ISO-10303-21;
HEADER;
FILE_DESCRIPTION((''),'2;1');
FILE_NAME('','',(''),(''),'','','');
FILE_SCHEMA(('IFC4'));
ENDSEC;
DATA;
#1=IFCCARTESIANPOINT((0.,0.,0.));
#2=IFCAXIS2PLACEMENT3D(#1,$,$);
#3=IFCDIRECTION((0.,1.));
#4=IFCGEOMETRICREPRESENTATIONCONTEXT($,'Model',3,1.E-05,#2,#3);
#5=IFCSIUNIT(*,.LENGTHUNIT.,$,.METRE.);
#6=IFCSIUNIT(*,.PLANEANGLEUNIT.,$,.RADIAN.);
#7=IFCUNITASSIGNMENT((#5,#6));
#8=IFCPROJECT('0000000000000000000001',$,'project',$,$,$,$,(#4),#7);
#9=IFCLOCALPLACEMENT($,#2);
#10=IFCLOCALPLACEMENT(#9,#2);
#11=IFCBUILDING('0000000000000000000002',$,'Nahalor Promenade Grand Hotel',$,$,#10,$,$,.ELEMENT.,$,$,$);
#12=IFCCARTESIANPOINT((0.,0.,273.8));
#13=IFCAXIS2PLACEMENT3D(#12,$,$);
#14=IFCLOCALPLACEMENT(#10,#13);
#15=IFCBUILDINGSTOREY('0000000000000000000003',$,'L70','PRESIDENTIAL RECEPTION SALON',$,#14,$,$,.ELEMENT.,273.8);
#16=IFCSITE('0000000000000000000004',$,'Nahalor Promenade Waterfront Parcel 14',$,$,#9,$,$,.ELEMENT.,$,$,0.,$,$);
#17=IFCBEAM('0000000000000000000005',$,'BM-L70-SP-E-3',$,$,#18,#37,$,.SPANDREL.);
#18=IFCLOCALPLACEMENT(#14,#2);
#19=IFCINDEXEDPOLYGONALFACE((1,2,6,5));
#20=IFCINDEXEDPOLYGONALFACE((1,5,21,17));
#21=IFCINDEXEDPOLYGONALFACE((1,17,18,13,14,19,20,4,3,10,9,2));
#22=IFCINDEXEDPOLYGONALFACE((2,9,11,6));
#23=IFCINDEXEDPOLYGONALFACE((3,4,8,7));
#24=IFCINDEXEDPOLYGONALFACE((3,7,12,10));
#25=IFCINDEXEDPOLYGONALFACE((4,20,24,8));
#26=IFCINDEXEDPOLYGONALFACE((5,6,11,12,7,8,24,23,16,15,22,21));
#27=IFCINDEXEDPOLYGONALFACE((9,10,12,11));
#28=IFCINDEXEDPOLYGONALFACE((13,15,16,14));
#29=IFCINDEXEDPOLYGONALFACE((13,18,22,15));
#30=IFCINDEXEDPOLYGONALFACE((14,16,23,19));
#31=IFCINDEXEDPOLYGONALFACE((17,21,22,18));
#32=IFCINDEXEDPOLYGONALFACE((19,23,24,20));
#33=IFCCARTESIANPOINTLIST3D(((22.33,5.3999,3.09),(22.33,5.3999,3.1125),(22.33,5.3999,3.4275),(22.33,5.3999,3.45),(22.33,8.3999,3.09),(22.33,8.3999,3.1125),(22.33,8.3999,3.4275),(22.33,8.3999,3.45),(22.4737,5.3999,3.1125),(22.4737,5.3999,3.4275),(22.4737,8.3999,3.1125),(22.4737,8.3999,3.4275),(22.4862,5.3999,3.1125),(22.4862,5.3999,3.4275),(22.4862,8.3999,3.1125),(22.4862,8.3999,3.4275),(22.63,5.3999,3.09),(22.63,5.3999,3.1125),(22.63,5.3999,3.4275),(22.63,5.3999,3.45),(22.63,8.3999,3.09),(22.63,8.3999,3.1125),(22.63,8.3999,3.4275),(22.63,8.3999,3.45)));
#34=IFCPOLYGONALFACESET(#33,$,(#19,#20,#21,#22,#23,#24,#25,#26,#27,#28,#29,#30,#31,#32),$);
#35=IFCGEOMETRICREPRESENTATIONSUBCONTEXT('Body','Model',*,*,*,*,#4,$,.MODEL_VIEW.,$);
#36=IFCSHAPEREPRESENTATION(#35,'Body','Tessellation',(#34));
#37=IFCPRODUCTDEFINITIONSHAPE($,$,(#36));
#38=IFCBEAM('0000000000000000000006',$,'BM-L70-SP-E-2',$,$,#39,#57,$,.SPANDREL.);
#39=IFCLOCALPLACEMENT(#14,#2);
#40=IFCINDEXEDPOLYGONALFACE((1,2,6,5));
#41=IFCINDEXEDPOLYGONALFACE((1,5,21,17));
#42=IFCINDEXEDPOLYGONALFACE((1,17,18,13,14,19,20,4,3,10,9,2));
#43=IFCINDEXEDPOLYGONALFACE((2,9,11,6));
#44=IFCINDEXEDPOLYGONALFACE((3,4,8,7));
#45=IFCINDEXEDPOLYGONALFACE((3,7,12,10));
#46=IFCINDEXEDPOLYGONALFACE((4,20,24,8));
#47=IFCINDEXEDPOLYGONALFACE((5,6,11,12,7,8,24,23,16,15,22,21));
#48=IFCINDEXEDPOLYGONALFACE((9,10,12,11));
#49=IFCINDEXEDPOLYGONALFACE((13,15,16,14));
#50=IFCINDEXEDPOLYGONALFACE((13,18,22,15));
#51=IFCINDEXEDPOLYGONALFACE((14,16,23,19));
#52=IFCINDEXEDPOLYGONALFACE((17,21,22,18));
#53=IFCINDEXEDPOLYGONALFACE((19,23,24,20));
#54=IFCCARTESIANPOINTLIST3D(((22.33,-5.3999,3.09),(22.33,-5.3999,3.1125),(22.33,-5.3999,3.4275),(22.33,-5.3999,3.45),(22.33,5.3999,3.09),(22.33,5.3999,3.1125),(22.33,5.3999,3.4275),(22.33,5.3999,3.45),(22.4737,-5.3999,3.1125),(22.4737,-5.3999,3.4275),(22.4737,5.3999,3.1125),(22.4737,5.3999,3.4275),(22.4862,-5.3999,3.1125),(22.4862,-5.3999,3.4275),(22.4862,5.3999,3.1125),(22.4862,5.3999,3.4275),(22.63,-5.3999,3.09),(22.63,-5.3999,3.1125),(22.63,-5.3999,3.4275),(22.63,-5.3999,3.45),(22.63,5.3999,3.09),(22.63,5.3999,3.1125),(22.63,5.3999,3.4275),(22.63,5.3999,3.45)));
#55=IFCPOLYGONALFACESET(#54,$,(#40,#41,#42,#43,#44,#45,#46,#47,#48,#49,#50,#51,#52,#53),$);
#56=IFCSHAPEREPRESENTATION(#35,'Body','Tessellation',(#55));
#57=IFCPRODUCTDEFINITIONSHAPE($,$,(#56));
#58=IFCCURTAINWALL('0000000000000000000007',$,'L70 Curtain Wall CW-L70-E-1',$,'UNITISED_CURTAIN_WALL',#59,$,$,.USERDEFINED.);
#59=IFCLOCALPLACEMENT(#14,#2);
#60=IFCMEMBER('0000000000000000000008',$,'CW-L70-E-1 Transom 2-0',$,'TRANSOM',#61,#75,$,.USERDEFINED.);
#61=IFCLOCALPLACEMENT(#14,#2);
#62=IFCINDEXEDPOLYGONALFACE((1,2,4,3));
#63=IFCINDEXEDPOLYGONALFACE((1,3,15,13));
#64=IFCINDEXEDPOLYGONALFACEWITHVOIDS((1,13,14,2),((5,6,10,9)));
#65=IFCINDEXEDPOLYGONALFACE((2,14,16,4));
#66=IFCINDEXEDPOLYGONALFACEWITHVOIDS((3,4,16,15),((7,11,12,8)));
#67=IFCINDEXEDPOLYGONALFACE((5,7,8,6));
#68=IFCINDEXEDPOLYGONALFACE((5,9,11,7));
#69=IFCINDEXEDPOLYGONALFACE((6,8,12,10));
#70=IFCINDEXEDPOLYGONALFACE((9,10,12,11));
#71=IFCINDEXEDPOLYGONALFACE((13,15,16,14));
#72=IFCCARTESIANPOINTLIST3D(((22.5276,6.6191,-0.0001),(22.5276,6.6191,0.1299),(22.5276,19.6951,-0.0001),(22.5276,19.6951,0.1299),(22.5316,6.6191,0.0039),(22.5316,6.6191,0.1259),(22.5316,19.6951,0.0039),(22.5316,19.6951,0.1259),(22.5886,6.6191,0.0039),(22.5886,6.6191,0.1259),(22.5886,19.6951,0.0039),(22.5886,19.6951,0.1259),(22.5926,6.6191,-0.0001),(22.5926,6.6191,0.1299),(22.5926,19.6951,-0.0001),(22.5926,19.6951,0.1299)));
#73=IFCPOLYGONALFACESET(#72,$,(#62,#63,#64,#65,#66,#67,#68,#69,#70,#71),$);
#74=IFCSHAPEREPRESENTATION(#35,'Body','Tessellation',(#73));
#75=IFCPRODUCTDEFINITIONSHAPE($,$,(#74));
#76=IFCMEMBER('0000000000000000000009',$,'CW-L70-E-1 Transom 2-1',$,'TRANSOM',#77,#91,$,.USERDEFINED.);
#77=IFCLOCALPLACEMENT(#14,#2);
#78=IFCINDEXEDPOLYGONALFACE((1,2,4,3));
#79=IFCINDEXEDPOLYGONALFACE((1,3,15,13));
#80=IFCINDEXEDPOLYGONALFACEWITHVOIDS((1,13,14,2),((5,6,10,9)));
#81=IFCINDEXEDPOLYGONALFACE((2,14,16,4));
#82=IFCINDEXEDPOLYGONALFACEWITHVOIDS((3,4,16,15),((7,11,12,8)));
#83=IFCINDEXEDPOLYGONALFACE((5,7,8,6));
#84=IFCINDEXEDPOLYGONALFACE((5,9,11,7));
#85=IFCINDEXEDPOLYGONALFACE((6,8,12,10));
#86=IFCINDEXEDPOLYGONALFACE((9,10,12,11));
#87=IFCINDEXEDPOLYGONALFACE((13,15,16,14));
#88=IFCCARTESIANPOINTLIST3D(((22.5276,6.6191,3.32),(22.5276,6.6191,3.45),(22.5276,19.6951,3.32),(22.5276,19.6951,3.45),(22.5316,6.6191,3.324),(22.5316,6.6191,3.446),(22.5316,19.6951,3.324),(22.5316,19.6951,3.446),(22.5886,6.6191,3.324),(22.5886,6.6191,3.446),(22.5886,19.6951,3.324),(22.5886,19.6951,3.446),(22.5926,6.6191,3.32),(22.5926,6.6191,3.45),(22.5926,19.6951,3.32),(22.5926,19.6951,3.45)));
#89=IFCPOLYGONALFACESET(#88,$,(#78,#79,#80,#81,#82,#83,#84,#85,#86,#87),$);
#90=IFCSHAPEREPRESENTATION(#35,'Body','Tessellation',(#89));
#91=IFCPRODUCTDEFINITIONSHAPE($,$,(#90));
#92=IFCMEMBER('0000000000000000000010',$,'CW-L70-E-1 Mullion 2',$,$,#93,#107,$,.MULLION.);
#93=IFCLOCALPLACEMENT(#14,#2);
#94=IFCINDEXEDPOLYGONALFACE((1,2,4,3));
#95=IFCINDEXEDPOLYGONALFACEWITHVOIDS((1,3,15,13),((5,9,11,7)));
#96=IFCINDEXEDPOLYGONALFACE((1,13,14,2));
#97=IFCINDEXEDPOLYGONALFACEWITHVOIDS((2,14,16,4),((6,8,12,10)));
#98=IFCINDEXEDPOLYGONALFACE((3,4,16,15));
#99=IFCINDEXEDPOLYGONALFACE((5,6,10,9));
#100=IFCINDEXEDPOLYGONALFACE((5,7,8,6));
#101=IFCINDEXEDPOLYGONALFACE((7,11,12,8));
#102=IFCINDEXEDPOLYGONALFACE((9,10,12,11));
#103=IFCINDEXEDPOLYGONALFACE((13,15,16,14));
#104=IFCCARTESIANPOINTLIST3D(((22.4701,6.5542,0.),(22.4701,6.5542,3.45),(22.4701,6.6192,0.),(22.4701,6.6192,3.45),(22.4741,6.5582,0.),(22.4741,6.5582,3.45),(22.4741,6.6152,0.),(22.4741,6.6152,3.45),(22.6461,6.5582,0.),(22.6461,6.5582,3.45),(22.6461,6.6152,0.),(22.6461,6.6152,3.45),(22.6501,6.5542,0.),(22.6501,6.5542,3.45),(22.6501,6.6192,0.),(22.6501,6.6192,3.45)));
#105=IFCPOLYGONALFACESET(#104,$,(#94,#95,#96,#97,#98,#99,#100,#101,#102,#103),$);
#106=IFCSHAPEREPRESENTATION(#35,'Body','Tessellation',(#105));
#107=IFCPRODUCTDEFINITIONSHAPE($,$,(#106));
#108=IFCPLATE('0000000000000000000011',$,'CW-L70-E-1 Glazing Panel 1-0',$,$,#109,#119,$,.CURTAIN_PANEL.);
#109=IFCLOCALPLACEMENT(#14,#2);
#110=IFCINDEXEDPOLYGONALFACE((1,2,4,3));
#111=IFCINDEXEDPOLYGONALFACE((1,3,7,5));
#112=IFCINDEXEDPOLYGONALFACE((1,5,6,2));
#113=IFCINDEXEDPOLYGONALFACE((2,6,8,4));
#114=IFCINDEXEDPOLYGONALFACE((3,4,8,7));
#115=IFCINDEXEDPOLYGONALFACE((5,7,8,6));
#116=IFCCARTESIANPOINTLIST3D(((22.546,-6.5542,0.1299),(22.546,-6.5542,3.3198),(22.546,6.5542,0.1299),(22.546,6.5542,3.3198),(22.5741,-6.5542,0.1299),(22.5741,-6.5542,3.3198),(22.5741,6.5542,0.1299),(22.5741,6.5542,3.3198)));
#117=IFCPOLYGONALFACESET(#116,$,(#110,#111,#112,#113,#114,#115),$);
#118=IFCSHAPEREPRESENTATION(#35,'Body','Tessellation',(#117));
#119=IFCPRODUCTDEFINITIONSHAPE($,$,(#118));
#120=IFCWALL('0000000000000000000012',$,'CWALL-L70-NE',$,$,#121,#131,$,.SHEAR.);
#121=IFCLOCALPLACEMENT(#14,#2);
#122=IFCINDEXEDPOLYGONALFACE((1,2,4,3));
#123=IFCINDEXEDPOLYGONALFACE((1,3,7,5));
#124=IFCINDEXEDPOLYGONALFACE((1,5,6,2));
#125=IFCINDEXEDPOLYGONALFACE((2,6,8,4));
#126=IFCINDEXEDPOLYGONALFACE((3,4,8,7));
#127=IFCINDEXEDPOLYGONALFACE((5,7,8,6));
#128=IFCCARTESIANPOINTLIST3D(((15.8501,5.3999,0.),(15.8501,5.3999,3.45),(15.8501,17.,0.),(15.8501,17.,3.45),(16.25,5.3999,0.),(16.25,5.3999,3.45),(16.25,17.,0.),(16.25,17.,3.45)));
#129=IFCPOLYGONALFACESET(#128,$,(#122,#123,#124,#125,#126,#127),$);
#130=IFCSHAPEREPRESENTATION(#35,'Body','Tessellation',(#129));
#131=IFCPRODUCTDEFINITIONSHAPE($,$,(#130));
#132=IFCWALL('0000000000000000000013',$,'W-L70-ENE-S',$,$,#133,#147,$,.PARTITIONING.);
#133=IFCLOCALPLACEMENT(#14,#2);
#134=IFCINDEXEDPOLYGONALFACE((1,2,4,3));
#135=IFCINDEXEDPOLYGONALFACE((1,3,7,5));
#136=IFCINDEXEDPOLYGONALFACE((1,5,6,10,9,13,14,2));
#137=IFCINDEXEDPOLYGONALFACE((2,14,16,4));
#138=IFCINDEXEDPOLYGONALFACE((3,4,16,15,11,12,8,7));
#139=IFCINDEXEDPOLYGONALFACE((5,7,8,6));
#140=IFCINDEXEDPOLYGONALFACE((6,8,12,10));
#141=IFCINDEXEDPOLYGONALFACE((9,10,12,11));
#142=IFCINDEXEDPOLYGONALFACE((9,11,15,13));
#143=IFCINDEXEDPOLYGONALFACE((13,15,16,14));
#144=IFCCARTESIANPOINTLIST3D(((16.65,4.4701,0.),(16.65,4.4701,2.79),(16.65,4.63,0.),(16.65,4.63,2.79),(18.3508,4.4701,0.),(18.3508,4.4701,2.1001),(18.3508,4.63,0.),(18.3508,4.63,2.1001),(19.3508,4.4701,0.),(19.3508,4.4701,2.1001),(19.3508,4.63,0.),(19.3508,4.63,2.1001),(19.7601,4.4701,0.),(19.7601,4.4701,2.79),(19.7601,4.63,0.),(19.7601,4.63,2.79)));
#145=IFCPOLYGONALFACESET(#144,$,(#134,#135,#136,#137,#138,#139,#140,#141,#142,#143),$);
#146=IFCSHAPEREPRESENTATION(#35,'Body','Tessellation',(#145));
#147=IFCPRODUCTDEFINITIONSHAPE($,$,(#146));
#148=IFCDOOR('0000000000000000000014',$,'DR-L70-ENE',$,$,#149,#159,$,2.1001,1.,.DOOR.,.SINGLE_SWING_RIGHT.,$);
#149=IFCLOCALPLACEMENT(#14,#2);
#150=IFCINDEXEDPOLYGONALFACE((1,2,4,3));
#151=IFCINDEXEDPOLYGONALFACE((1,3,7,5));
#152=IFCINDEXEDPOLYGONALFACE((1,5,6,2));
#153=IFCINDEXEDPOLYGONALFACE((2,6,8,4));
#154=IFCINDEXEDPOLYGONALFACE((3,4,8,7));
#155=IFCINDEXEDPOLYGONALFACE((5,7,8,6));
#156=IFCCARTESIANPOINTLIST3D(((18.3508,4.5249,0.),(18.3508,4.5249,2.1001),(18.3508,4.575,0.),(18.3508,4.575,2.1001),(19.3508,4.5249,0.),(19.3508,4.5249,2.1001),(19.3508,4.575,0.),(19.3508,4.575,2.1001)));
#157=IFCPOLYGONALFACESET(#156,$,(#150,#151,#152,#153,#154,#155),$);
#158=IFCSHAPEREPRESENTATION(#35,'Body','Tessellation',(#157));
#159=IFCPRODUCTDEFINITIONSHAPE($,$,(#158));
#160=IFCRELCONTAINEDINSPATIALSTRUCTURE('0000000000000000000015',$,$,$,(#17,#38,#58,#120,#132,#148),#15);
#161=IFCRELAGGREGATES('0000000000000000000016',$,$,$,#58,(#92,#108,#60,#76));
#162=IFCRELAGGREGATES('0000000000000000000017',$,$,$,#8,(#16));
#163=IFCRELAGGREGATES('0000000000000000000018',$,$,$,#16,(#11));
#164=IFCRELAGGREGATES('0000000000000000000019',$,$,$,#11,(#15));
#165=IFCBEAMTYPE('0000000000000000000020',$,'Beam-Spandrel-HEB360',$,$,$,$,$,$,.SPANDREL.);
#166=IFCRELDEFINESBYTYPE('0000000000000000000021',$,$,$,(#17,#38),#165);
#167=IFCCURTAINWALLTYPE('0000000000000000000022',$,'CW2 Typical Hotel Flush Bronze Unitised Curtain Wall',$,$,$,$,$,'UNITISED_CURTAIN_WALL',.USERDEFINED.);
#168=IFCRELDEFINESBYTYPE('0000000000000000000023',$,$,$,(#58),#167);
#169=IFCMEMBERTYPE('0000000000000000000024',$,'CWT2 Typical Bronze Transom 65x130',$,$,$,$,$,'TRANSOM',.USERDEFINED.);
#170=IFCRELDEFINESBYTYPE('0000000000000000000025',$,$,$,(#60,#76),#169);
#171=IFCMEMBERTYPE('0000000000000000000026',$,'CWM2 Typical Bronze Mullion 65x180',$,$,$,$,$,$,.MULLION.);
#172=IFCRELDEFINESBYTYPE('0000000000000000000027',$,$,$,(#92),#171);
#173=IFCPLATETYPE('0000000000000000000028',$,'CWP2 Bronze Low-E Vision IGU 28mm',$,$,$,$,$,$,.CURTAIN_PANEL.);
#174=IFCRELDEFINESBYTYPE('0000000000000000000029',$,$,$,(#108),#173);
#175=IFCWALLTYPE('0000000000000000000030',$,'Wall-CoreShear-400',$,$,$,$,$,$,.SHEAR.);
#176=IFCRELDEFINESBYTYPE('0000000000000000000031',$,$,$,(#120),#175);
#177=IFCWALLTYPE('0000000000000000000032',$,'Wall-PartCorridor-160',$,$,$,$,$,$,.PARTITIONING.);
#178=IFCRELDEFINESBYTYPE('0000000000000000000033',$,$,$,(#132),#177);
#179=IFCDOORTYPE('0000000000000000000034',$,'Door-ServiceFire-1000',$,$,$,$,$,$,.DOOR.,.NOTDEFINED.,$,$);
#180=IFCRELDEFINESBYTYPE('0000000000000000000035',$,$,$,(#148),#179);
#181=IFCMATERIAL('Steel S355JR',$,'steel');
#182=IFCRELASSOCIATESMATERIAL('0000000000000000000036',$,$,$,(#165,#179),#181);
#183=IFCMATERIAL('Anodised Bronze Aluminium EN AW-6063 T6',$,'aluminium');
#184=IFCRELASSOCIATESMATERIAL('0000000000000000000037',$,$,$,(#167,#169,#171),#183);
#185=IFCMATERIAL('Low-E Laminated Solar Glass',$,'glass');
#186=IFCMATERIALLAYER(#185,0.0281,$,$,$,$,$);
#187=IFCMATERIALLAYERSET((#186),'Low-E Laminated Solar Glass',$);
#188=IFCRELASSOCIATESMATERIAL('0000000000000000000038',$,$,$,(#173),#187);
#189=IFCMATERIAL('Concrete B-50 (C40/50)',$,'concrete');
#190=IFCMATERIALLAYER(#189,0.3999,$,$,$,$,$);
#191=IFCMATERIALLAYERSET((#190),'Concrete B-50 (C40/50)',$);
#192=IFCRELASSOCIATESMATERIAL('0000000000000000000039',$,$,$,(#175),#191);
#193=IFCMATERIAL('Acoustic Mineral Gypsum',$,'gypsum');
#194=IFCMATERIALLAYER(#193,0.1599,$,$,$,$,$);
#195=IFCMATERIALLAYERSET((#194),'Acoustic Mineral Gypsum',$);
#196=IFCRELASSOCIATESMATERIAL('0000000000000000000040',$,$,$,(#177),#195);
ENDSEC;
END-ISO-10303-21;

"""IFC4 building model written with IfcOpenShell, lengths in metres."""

from ifc_helpers import new_model, si_unit, direction, frame, frame_2d, origin, origin_2d, place, context, subcontext, project, spatial, rectangle, hollow_rectangle, i_section, extrude, source, transform, mapped, material, layer, layer_set, material_profile, profile_set, type_object, element, fill, aggregate, save


model = new_model("IFC4")

# Units and contexts
model_context = context("Model", 3, precision=1e-05, world=origin(), true_north=direction((0.0, 1.0)))
body_context = subcontext(model_context, "Body", "Model", "MODEL_VIEW")
ifc_project = project(units=[si_unit("LENGTHUNIT", "METRE"), si_unit("PLANEANGLEUNIT", "RADIAN")], contexts=[model_context])

# Site, building, storey
site_placement = place(None, origin())
site = spatial("IfcSite", under=ifc_project, at=site_placement, Name="Nahalor Promenade Waterfront Parcel 14", CompositionType="ELEMENT", RefElevation=0.0)
building_placement = place(site_placement, origin())
building = spatial("IfcBuilding", under=site, at=building_placement, Name="Nahalor Promenade Grand Hotel", CompositionType="ELEMENT")
storey_placement = place(building_placement, frame((0.0, 0.0, 273.8)))
storey = spatial("IfcBuildingStorey", under=building, at=storey_placement, Name="L70", Description="PRESIDENTIAL RECEPTION SALON", CompositionType="ELEMENT", Elevation=273.8)

# Shared definitions
ifc_material_1 = material(Name="Steel S355JR", Category="steel")

# Beams
ifc_material_profile_1 = material_profile(ifc_material_1, i_section(OverallWidth=0.3, OverallDepth=0.36, WebThickness=0.0125, FlangeThickness=0.0225, at=origin_2d()), Name="HEB 360")
ifc_profile_set_1 = profile_set([ifc_material_profile_1], Name="Steel S355JR")
beam_type_1 = type_object("IfcBeamType", Name="Beam-Spandrel-HEB360", PredefinedType="SPANDREL", material=ifc_profile_set_1)
shared_shape_1 = source(origin(), body_context, "Body", "SweptSolid", [
    extrude(i_section(OverallWidth=0.3, OverallDepth=0.36, WebThickness=0.0125, FlangeThickness=0.0225, at=origin_2d()), origin(), (0.0, 0.0, 1.0), 3.0),
])
beam_1_placement = place(storey_placement, frame((22.48, 5.3999, 3.27), z_axis=(0.0, 1.0, 0.0), x_axis=(-1.0, 0.0, 0.0)))
element("IfcBeam", 1, at=beam_1_placement, inside=storey, type_object=beam_type_1, Name="BM-L70-SP-E-3", PredefinedType="SPANDREL", context=body_context, shape_type="MappedRepresentation", body=[
    mapped(shared_shape_1, transform((0.0, 0.0, 0.0), scale=1.0)),
])
shared_shape_2 = source(origin(), body_context, "Body", "SweptSolid", [
    extrude(i_section(OverallWidth=0.3, OverallDepth=0.36, WebThickness=0.0125, FlangeThickness=0.0225, at=origin_2d()), origin(), (0.0, 0.0, 1.0), 10.7998),
])
beam_2_placement = place(storey_placement, frame((22.48, -5.3999, 3.27), z_axis=(0.0, 1.0, 0.0), x_axis=(-1.0, 0.0, 0.0)))
element("IfcBeam", 2, at=beam_2_placement, inside=storey, type_object=beam_type_1, Name="BM-L70-SP-E-2", PredefinedType="SPANDREL", context=body_context, shape_type="MappedRepresentation", body=[
    mapped(shared_shape_2, transform((0.0, 0.0, 0.0), scale=1.0)),
])

# Curtain wall, members, plate
ifc_material_2 = material(Name="Anodised Bronze Aluminium EN AW-6063 T6", Category="aluminium")
curtain_wall_type = type_object("IfcCurtainWallType", Name="CW2 Typical Hotel Flush Bronze Unitised Curtain Wall", ElementType="UNITISED_CURTAIN_WALL", PredefinedType="USERDEFINED", material=ifc_material_2)
curtain_wall_placement = place(storey_placement, origin())
curtain_wall = element("IfcCurtainWall", 3, at=curtain_wall_placement, inside=storey, type_object=curtain_wall_type, Name="L70 Curtain Wall CW-L70-E-1", ObjectType="UNITISED_CURTAIN_WALL", PredefinedType="USERDEFINED")
ifc_material_profile_2 = material_profile(ifc_material_2, hollow_rectangle(XDim=0.065, YDim=0.13, WallThickness=0.004, at=origin_2d()), Name="CWT 65x130x4")
ifc_profile_set_2 = profile_set([ifc_material_profile_2], Name="Anodised Bronze Aluminium EN AW-6063 T6")
member_type_1 = type_object("IfcMemberType", Name="CWT2 Typical Bronze Transom 65x130", ElementType="TRANSOM", PredefinedType="USERDEFINED", material=ifc_profile_set_2)
shared_shape_3 = source(origin(), body_context, "Body", "SweptSolid", [
    extrude(hollow_rectangle(XDim=0.065, YDim=0.13, WallThickness=0.004, at=origin_2d()), origin(), (0.0, 0.0, 1.0), 13.0759),
])
member_1_placement = place(storey_placement, frame((22.5601, 6.6191, 0.0649), z_axis=(0.0, 1.0, 0.0), x_axis=(-1.0, 0.0, 0.0)))
member_1 = element("IfcMember", 4, at=member_1_placement, type_object=member_type_1, Name="CW-L70-E-1 Transom 2-0", ObjectType="TRANSOM", PredefinedType="USERDEFINED", context=body_context, shape_type="MappedRepresentation", body=[
    mapped(shared_shape_3, transform((0.0, 0.0, 0.0), scale=1.0)),
])
member_2_placement = place(storey_placement, frame((22.5601, 6.6191, 3.385), z_axis=(0.0, 1.0, 0.0), x_axis=(-1.0, 0.0, 0.0)))
member_2 = element("IfcMember", 5, at=member_2_placement, type_object=member_type_1, Name="CW-L70-E-1 Transom 2-1", ObjectType="TRANSOM", PredefinedType="USERDEFINED", context=body_context, shape_type="MappedRepresentation", body=[
    mapped(shared_shape_3, transform((0.0, 0.0, 0.0), scale=1.0)),
])
ifc_material_profile_3 = material_profile(ifc_material_2, hollow_rectangle(XDim=0.065, YDim=0.18, WallThickness=0.004, at=origin_2d()), Name="CWM 65x180x4")
ifc_profile_set_3 = profile_set([ifc_material_profile_3], Name="Anodised Bronze Aluminium EN AW-6063 T6")
member_type_2 = type_object("IfcMemberType", Name="CWM2 Typical Bronze Mullion 65x180", PredefinedType="MULLION", material=ifc_profile_set_3)
shared_shape_4 = source(origin(), body_context, "Body", "SweptSolid", [
    extrude(hollow_rectangle(XDim=0.065, YDim=0.18, WallThickness=0.004, at=origin_2d()), origin(), (0.0, 0.0, 1.0), 3.45),
])
member_3_placement = place(storey_placement, frame((22.5601, 6.5867, 0.0), z_axis=(0.0, 0.0, 1.0), x_axis=(0.0, 1.0, 0.0)))
member_3 = element("IfcMember", 6, at=member_3_placement, type_object=member_type_2, Name="CW-L70-E-1 Mullion 2", PredefinedType="MULLION", context=body_context, shape_type="MappedRepresentation", body=[
    mapped(shared_shape_4, transform((0.0, 0.0, 0.0), scale=1.0)),
])
ifc_material_3 = material(Name="Low-E Laminated Solar Glass", Category="glass")
ifc_layer_1 = layer(ifc_material_3, 0.0281)
ifc_layer_set_1 = layer_set([ifc_layer_1], Name="Low-E Laminated Solar Glass")
plate_type = type_object("IfcPlateType", Name="CWP2 Bronze Low-E Vision IGU 28mm", PredefinedType="CURTAIN_PANEL", material=ifc_layer_set_1)
shared_shape_5 = source(origin(), body_context, "Body", "SweptSolid", [
    extrude(rectangle(XDim=13.1084, YDim=0.0281, at=origin_2d()), origin(), (0.0, 0.0, 1.0), 3.1899),
])
plate_placement = place(storey_placement, frame((22.5601, 0.0, 0.1299), z_axis=(0.0, 0.0, 1.0), x_axis=(0.0, 1.0, 0.0)))
plate = element("IfcPlate", 7, at=plate_placement, type_object=plate_type, Name="CW-L70-E-1 Glazing Panel 1-0", PredefinedType="CURTAIN_PANEL", context=body_context, shape_type="MappedRepresentation", body=[
    mapped(shared_shape_5, transform((0.0, 0.0, 0.0), scale=1.0)),
])
aggregate(curtain_wall, [member_3, plate, member_1, member_2])

# Wall
ifc_material_4 = material(Name="Concrete B-50 (C40/50)", Category="concrete")
ifc_layer_2 = layer(ifc_material_4, 0.3999)
ifc_layer_set_2 = layer_set([ifc_layer_2], Name="Concrete B-50 (C40/50)")
wall_type_1 = type_object("IfcWallType", Name="Wall-CoreShear-400", PredefinedType="SHEAR", material=ifc_layer_set_2)
shared_shape_6 = source(origin(), body_context, "Body", "SweptSolid", [
    extrude(rectangle(XDim=11.6001, YDim=0.3999, at=frame_2d((5.8, 0.0))), origin(), (0.0, 0.0, 1.0), 3.45),
])
wall_1_placement = place(storey_placement, frame((16.05, 5.3999, 0.0), z_axis=(0.0, 0.0, 1.0), x_axis=(0.0, 1.0, 0.0)))
element("IfcWall", 8, at=wall_1_placement, inside=storey, type_object=wall_type_1, Name="CWALL-L70-NE", PredefinedType="SHEAR", context=body_context, shape_type="MappedRepresentation", body=[
    mapped(shared_shape_6, transform((0.0, 0.0, 0.0), scale=1.0)),
])

# Wall, opening, door
ifc_material_5 = material(Name="Acoustic Mineral Gypsum", Category="gypsum")
ifc_layer_3 = layer(ifc_material_5, 0.1599)
ifc_layer_set_3 = layer_set([ifc_layer_3], Name="Acoustic Mineral Gypsum")
wall_type_2 = type_object("IfcWallType", Name="Wall-PartCorridor-160", PredefinedType="PARTITIONING", material=ifc_layer_set_3)
shared_shape_7 = source(origin(), body_context, "Body", "SweptSolid", [
    extrude(rectangle(XDim=3.1101, YDim=0.1599, at=frame_2d((1.5552, 0.0))), origin(), (0.0, 0.0, 1.0), 2.79),
])
wall_2_placement = place(storey_placement, frame((16.6499, 4.55, 0.0), z_axis=(0.0, 0.0, 1.0), x_axis=(1.0, 0.0, 0.0)))
wall_2 = element("IfcWall", 9, at=wall_2_placement, inside=storey, type_object=wall_type_2, Name="W-L70-ENE-S", PredefinedType="PARTITIONING", context=body_context, shape_type="MappedRepresentation", body=[
    mapped(shared_shape_7, transform((0.0, 0.0, 0.0), scale=1.0)),
])
opening_1_placement = place(wall_2_placement, frame((1.7009, 0.0, 0.0)))
opening_1 = element("IfcOpeningElement", 10, at=opening_1_placement, cuts=wall_2, PredefinedType="OPENING", context=body_context, shape_type="SweptSolid", body=[
    extrude(rectangle(XDim=1.0, YDim=2.1001, at=frame_2d((0.5, 1.05))), frame((0.0, 0.0898, 0.0), z_axis=(0.0, -1.0, 0.0), x_axis=(1.0, 0.0, 0.0)), (0.0, 0.0, 1.0), 0.1799),
])
door_type = type_object("IfcDoorType", Name="Door-ServiceFire-1000", OperationType="NOTDEFINED", PredefinedType="DOOR", material=ifc_material_1)
shared_shape_8 = source(origin(), body_context, "Body", "SweptSolid", [
    extrude(rectangle(XDim=1.0, YDim=2.1001, at=frame_2d((0.5, 1.05))), frame((0.0, 0.0249, 0.0), z_axis=(0.0, -1.0, 0.0), x_axis=(1.0, 0.0, 0.0)), (0.0, 0.0, 1.0), 0.05),
])
door_1_placement = place(opening_1_placement, origin())
door_1 = element("IfcDoor", 11, at=door_1_placement, inside=storey, type_object=door_type, Name="DR-L70-ENE", OperationType="SINGLE_SWING_RIGHT", OverallHeight=2.1001, OverallWidth=1.0, PredefinedType="DOOR", context=body_context, shape_type="MappedRepresentation", body=[
    mapped(shared_shape_8, transform((0.0, 0.0, 0.0), scale=1.0)),
])
fill(opening_1, door_1)

save(model, "model.ifc")
